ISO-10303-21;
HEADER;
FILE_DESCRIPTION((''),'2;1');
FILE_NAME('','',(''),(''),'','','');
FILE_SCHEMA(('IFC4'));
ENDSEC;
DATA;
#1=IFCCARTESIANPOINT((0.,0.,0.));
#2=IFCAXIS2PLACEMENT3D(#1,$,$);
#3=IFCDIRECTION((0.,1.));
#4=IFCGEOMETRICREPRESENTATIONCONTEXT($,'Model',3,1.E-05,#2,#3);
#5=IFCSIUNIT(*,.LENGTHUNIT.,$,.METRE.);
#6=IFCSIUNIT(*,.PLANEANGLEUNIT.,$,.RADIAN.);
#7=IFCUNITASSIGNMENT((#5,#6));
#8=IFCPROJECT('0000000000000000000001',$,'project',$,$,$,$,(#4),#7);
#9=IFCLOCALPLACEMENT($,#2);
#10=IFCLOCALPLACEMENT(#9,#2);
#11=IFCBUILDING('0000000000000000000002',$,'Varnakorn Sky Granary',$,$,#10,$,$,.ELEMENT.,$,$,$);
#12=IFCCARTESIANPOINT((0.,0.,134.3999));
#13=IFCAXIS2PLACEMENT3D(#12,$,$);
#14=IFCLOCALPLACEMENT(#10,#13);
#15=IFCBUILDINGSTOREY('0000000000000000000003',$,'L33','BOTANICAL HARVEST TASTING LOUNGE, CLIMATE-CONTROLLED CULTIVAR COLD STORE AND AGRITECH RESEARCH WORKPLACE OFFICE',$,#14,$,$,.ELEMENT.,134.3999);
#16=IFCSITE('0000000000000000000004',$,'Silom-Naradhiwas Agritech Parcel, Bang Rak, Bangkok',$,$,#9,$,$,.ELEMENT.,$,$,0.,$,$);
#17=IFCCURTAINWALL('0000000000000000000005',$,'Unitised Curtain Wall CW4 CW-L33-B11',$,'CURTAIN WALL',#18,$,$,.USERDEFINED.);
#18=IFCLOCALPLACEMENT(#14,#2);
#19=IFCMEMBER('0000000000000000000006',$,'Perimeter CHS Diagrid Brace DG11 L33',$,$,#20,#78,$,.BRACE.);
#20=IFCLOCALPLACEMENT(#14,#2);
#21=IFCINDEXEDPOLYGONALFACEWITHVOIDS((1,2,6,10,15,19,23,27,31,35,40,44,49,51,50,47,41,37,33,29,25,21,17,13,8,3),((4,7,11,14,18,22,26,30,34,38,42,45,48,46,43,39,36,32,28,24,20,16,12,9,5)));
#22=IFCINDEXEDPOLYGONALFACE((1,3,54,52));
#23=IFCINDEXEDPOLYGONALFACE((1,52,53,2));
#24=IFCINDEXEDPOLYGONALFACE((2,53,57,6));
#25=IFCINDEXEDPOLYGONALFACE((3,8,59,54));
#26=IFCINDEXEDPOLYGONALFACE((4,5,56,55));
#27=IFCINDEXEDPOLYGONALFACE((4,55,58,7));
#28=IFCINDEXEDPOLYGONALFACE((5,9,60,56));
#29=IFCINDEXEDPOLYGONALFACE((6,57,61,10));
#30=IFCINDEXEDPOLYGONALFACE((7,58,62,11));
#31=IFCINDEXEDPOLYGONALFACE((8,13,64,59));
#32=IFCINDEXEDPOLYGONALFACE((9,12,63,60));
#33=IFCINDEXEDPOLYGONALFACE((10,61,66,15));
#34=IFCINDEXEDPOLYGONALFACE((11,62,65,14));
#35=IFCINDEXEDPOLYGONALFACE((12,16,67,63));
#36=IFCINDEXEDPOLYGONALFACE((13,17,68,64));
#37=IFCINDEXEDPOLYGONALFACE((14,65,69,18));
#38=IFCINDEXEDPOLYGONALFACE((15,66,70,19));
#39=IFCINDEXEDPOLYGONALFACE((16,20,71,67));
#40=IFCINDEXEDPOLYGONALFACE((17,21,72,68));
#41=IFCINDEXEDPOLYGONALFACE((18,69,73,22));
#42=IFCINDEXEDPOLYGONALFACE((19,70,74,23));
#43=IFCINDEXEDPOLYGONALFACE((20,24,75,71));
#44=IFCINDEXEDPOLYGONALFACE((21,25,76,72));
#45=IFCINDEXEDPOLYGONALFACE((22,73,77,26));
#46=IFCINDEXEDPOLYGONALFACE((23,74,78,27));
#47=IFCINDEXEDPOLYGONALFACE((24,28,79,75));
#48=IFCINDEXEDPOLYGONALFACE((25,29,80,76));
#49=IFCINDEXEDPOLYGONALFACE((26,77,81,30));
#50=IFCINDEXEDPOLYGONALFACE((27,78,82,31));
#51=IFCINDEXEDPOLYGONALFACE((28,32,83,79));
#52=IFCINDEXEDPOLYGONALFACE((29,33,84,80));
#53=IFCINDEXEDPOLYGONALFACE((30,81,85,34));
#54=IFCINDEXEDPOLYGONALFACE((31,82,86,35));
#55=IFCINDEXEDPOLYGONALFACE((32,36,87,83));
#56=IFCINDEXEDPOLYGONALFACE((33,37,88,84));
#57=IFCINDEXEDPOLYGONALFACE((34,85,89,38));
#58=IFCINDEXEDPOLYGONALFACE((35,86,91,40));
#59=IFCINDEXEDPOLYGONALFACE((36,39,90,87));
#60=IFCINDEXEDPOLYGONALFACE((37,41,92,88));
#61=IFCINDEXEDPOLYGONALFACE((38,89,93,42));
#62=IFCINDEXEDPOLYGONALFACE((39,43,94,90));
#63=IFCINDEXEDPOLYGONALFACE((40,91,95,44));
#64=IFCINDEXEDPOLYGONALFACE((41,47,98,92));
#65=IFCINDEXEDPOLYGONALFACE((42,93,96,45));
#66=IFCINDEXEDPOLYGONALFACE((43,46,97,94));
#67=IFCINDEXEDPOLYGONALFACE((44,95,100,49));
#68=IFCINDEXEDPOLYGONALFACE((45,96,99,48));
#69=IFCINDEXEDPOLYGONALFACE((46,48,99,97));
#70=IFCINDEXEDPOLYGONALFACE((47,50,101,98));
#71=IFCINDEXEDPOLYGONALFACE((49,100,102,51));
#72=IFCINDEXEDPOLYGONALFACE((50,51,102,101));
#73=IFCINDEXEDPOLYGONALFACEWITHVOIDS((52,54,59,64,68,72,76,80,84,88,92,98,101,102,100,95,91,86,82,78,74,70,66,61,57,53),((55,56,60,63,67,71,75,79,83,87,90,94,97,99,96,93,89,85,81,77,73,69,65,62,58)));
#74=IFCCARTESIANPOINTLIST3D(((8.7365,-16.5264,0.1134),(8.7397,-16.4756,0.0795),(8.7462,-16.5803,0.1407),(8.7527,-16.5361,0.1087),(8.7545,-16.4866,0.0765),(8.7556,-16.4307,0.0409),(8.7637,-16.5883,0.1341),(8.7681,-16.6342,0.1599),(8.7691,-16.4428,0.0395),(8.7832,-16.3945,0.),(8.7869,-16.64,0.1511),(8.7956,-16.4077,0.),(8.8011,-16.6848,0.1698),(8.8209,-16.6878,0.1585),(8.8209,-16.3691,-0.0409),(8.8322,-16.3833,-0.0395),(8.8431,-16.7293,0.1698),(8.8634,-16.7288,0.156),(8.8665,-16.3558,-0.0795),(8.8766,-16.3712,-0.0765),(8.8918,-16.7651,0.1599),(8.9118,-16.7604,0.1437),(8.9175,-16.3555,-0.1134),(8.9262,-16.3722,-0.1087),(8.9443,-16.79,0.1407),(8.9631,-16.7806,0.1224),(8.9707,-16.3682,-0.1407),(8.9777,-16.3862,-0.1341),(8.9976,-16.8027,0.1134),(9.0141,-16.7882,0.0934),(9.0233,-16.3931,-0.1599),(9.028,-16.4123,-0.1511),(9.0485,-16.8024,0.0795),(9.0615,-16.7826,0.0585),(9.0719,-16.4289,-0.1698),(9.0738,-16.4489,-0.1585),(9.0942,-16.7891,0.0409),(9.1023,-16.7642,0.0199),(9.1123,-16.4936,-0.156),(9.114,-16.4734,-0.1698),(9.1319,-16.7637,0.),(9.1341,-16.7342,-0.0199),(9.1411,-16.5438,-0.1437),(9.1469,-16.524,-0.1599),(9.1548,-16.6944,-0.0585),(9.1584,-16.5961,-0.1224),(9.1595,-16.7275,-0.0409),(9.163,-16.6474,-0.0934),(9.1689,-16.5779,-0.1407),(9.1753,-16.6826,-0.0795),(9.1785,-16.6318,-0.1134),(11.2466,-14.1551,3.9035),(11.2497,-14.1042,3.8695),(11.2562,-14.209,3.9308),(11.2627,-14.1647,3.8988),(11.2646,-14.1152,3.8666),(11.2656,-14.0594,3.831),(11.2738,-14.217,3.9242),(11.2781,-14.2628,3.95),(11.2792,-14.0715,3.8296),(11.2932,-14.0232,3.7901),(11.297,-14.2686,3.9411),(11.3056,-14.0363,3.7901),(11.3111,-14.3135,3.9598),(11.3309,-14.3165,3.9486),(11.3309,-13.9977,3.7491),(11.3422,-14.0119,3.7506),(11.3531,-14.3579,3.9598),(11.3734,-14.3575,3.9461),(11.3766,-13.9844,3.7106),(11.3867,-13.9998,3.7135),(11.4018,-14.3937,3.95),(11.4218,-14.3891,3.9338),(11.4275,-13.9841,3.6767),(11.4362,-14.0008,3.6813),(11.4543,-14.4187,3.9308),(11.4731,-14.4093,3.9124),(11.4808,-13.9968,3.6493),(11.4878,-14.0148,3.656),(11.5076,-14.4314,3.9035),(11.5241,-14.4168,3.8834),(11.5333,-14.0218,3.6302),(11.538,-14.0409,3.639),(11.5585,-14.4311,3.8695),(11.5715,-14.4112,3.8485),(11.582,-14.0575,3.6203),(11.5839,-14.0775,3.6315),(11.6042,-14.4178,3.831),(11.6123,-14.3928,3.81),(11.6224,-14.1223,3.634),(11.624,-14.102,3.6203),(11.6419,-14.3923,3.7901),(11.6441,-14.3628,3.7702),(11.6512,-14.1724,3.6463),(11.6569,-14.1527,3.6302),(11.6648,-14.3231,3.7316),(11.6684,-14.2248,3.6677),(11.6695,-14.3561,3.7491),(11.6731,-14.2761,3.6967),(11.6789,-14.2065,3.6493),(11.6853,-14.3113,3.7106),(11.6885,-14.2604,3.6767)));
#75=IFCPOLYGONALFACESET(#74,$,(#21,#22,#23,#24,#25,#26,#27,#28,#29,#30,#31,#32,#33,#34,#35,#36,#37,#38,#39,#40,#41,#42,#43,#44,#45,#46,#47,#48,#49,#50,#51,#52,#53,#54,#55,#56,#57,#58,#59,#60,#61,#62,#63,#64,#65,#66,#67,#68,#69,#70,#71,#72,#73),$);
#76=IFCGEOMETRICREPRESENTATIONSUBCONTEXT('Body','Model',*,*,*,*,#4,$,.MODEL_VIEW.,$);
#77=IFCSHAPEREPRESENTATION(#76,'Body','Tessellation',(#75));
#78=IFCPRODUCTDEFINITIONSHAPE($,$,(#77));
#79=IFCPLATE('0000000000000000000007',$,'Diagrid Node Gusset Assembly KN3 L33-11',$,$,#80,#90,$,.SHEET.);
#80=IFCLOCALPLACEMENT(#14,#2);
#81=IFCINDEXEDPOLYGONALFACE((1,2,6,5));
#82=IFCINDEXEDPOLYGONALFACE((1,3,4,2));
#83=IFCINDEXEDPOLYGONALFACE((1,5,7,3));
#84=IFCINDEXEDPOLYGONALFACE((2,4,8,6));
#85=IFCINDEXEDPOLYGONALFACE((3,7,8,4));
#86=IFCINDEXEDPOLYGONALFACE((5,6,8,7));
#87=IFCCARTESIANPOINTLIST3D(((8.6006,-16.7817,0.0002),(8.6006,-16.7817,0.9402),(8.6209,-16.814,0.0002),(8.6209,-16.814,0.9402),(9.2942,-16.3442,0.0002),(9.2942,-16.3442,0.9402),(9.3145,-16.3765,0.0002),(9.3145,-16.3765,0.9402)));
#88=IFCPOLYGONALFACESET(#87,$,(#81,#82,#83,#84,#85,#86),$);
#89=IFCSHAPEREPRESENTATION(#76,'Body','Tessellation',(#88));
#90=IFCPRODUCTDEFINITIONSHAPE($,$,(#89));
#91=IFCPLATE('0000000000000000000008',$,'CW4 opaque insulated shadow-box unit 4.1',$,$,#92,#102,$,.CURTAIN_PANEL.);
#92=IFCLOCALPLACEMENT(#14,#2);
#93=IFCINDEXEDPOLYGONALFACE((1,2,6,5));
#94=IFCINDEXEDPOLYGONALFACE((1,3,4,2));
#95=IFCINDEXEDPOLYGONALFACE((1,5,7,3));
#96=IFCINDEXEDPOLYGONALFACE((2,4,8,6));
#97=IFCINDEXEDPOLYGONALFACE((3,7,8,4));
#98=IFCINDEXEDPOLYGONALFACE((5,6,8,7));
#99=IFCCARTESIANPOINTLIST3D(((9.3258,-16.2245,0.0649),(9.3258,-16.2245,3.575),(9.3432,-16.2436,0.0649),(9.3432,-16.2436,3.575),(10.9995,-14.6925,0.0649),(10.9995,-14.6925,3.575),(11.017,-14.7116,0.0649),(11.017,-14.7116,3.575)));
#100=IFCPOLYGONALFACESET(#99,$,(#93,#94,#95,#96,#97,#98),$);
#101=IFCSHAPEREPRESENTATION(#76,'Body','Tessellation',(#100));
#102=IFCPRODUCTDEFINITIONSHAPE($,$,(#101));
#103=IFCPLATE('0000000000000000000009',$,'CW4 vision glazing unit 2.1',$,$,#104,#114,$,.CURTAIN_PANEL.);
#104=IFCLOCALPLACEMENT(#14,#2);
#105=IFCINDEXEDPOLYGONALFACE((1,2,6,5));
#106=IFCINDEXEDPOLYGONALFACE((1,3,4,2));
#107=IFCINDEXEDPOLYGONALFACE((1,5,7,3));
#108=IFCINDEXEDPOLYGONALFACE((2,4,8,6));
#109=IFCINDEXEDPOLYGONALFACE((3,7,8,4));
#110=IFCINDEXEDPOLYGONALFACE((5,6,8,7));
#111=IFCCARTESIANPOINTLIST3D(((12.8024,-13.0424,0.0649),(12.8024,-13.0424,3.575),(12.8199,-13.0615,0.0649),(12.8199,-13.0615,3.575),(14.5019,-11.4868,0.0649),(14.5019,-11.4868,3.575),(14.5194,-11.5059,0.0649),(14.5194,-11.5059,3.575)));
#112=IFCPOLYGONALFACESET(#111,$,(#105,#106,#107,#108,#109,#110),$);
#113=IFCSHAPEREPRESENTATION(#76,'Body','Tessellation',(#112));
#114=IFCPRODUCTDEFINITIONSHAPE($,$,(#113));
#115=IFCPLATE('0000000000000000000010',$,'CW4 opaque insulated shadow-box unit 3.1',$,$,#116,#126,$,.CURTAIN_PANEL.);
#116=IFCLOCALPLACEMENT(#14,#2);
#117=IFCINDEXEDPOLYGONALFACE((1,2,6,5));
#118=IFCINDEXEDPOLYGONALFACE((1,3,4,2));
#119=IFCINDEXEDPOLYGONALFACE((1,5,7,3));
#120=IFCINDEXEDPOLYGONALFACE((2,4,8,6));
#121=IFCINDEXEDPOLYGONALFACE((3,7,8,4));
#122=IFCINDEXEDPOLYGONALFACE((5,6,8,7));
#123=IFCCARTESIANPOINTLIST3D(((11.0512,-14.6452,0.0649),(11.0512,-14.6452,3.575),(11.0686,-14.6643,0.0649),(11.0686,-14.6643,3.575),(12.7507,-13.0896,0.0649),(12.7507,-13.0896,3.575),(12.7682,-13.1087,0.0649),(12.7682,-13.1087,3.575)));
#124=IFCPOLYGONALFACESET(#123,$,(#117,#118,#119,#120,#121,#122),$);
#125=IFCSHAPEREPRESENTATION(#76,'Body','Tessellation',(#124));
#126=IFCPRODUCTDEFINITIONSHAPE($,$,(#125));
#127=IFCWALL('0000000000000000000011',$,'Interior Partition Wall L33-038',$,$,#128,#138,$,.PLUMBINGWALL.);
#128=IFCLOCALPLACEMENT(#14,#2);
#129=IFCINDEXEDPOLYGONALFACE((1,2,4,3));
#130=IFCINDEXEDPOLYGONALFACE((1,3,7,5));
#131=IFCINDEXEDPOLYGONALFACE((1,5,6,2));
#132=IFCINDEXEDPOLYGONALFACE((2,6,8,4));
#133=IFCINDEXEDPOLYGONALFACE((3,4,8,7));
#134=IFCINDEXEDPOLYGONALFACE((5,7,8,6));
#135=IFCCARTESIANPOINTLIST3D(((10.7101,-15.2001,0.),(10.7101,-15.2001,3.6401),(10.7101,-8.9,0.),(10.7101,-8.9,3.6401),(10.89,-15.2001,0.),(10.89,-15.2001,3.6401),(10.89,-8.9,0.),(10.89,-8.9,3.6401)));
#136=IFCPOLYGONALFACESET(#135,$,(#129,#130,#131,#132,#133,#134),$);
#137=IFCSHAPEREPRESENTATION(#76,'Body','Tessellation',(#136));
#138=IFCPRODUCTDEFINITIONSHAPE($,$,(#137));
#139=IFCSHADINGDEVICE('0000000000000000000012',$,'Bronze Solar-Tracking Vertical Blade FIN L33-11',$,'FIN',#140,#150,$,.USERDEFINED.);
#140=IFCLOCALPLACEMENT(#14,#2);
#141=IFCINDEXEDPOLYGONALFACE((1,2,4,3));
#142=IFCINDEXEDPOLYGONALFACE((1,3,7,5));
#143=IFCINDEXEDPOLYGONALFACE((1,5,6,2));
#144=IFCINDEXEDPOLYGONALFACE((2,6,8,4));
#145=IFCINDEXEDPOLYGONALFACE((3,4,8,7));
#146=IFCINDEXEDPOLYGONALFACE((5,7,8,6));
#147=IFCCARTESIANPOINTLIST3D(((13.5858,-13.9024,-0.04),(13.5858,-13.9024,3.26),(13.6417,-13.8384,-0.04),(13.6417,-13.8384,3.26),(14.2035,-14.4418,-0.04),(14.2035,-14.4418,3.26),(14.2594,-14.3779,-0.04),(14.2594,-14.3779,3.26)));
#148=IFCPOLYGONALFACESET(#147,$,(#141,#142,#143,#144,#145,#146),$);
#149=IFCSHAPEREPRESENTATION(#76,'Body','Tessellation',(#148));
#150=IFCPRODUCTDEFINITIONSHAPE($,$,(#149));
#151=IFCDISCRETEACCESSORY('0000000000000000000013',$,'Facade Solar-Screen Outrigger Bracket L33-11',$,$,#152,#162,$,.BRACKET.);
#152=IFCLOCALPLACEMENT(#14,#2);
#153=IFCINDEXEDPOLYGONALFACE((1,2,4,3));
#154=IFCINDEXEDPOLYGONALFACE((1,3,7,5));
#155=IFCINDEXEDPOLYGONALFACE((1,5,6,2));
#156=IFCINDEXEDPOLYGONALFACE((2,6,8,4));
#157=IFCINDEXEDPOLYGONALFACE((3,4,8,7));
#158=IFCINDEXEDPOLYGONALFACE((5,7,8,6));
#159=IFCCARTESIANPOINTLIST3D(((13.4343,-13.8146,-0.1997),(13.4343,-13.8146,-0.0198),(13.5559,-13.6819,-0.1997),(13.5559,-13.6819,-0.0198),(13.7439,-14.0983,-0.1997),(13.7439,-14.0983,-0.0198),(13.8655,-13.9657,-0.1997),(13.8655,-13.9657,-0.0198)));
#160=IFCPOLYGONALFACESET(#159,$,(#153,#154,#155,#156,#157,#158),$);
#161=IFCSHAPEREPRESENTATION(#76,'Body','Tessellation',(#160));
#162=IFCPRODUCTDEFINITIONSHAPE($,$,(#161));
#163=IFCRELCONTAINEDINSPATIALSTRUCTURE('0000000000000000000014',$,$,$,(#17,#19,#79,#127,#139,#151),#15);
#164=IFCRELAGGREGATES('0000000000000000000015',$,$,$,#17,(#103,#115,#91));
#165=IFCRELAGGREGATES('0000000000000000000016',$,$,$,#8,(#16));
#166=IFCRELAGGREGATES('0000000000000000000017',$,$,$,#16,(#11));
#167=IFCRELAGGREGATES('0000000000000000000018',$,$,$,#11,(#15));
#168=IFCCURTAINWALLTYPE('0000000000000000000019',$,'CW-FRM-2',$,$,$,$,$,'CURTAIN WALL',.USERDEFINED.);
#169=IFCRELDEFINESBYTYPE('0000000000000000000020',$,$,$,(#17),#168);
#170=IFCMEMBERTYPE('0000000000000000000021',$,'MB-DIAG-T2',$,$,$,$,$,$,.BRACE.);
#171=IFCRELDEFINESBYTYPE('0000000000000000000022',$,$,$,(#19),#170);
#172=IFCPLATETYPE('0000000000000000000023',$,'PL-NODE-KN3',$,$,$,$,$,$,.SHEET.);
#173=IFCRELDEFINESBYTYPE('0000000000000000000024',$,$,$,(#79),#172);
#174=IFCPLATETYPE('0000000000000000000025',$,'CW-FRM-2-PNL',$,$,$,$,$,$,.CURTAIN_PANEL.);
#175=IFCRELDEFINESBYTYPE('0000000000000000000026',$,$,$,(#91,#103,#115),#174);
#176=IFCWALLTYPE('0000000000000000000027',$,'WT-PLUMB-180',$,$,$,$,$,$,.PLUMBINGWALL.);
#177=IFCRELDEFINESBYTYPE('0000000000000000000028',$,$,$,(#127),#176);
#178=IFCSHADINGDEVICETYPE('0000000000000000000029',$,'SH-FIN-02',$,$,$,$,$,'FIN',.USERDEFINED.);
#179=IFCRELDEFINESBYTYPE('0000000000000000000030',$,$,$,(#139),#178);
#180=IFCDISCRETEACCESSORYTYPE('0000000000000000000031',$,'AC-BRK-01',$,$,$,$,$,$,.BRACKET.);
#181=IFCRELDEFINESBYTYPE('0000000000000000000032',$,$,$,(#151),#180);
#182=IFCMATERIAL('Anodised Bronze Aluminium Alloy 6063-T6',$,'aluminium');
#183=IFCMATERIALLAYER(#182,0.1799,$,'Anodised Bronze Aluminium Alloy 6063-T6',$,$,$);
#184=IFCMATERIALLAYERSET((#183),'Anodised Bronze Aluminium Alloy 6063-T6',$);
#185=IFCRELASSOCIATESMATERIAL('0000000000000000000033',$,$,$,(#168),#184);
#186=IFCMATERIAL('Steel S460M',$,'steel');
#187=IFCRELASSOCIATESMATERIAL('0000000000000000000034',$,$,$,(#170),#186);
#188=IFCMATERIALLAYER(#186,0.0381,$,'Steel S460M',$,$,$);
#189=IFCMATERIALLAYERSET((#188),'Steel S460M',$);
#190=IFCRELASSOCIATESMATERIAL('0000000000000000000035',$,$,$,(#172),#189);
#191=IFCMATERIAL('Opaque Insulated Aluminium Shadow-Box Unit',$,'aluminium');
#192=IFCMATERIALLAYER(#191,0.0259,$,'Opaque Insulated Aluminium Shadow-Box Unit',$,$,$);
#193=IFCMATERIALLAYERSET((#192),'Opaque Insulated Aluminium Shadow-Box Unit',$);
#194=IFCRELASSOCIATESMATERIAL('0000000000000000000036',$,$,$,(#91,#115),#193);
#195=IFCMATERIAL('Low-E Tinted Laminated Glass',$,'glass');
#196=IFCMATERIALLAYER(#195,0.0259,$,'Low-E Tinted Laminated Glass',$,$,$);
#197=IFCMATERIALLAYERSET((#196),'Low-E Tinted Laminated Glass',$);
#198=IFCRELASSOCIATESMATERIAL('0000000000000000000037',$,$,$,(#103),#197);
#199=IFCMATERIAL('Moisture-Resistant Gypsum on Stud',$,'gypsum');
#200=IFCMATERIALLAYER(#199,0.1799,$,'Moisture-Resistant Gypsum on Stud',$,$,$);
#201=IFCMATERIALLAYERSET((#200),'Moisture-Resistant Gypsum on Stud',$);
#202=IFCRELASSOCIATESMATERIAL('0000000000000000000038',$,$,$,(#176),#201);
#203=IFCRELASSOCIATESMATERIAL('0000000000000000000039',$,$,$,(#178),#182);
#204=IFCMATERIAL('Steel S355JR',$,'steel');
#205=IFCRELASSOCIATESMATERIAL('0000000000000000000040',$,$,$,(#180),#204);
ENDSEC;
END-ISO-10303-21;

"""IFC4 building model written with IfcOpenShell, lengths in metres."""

from ifc_helpers import new_model, si_unit, direction, frame, frame_2d, origin, origin_2d, place, context, subcontext, project, spatial, rectangle, hollow_circle, extrude, source, transform, mapped, material, layer, layer_set, material_profile, profile_set, type_object, type_shapes, element, aggregate, save


model = new_model("IFC4")

# Units and contexts
model_context = context("Model", 3, precision=1e-05, world=origin(), true_north=direction((0.0, 1.0)))
body_context = subcontext(model_context, "Body", "Model", "MODEL_VIEW")
ifc_project = project(units=[si_unit("LENGTHUNIT", "METRE"), si_unit("PLANEANGLEUNIT", "RADIAN")], contexts=[model_context])

# Site, building, storey
site_placement = place(None, origin())
site = spatial("IfcSite", under=ifc_project, at=site_placement, Name="Silom-Naradhiwas Agritech Parcel, Bang Rak, Bangkok", CompositionType="ELEMENT", RefElevation=0.0)
building_placement = place(site_placement, origin())
building = spatial("IfcBuilding", under=site, at=building_placement, Name="Varnakorn Sky Granary", CompositionType="ELEMENT")
storey_placement = place(building_placement, frame((0.0, 0.0, 134.3999)))
storey = spatial("IfcBuildingStorey", under=building, at=storey_placement, Name="L33", Description="BOTANICAL HARVEST TASTING LOUNGE, CLIMATE-CONTROLLED CULTIVAR COLD STORE AND AGRITECH RESEARCH WORKPLACE OFFICE", CompositionType="ELEMENT", Elevation=134.3999)

# Shared definitions
ifc_material_1 = material(Name="Steel S460M", Category="steel")

# Shared definitions
ifc_material_2 = material(Name="Steel S355JR", Category="steel")

# Curtain wall
ifc_material_3 = material(Name="Anodised Bronze Aluminium Alloy 6063-T6", Category="aluminium")
ifc_layer_1 = layer(ifc_material_3, 0.1799, Name="Anodised Bronze Aluminium Alloy 6063-T6")
ifc_layer_set_1 = layer_set([ifc_layer_1], Name="Anodised Bronze Aluminium Alloy 6063-T6")
curtain_wall_type = type_object("IfcCurtainWallType", Name="CW-FRM-2", ElementType="CURTAIN WALL", PredefinedType="USERDEFINED", material=ifc_layer_set_1)
curtain_wall_placement = place(storey_placement, origin())
curtain_wall = element("IfcCurtainWall", 1, at=curtain_wall_placement, inside=storey, type_object=curtain_wall_type, Name="Unitised Curtain Wall CW4 CW-L33-B11", ObjectType="CURTAIN WALL", PredefinedType="USERDEFINED")

# Member
ifc_material_profile_1 = material_profile(ifc_material_1, hollow_circle(Radius=0.2539, WallThickness=0.0181, at=origin_2d()), Name="CHS 508x18")
ifc_profile_set_1 = profile_set([ifc_material_profile_1], Name="Steel S460M")
member_type_1 = type_object("IfcMemberType", Name="MB-DIAG-T2", PredefinedType="BRACE", material=ifc_profile_set_1)
member_1_placement = place(storey_placement, frame((8.9575, -16.5791, 0.0), z_axis=(0.489551, 0.462505, 0.739208), x_axis=(-0.686742, 0.726901, 0.0)))
element("IfcMember", 2, at=member_1_placement, inside=storey, type_object=member_type_1, Name="Perimeter CHS Diagrid Brace DG11 L33", PredefinedType="BRACE", context=body_context, shape_type="SweptSolid", body=[
    extrude(hollow_circle(Radius=0.2539, WallThickness=0.0181, at=origin_2d()), origin(), (0.0, 0.0, 1.0), 5.1272),
])

# Plates
ifc_layer_2 = layer(ifc_material_1, 0.0381, Name="Steel S460M")
ifc_layer_set_2 = layer_set([ifc_layer_2], Name="Steel S460M")
plate_type_1 = type_object("IfcPlateType", Name="PL-NODE-KN3", PredefinedType="SHEET", material=ifc_layer_set_2)
plate_1_placement = place(storey_placement, frame((8.9575, -16.5791, 0.0002), z_axis=(0.0, 0.0, 1.0), x_axis=(0.845801, 0.533498, 0.0)))
element("IfcPlate", 3, at=plate_1_placement, inside=storey, type_object=plate_type_1, Name="Diagrid Node Gusset Assembly KN3 L33-11", PredefinedType="SHEET", context=body_context, shape_type="SweptSolid", body=[
    extrude(rectangle(XDim=0.8201, YDim=0.0381, at=origin_2d()), origin(), (0.0, 0.0, 1.0), 0.9399),
])
ifc_material_4 = material(Name="Opaque Insulated Aluminium Shadow-Box Unit", Category="aluminium")
ifc_layer_3 = layer(ifc_material_4, 0.0259, Name="Opaque Insulated Aluminium Shadow-Box Unit")
ifc_layer_set_3 = layer_set([ifc_layer_3], Name="Opaque Insulated Aluminium Shadow-Box Unit")
plate_type_2 = type_object("IfcPlateType", Name="CW-FRM-2-PNL", PredefinedType="CURTAIN_PANEL")
shared_shape_1 = source(origin(), body_context, "Body", "SweptSolid", [
    extrude(rectangle(XDim=2.269, YDim=0.0259, at=origin_2d()), origin(), (0.0, 0.0, 1.0), 3.51),
])
plate_2_placement = place(storey_placement, frame((10.1714, -15.468, 0.0649), z_axis=(0.0, 0.0, 1.0), x_axis=(-0.737651, -0.675183, 0.0)))
plate_2 = element("IfcPlate", 4, at=plate_2_placement, type_object=plate_type_2, material=ifc_layer_set_3, Name="CW4 opaque insulated shadow-box unit 4.1", PredefinedType="CURTAIN_PANEL", context=body_context, shape_type="MappedRepresentation", body=[
    mapped(shared_shape_1, transform((0.0, 0.0, 0.0), x_axis=(1.0, 0.0, 0.0), y_axis=(0.0, 1.0, 0.0), z_axis=(0.0, 0.0, 1.0), scale=1.0)),
])
ifc_material_5 = material(Name="Low-E Tinted Laminated Glass", Category="glass")
ifc_layer_4 = layer(ifc_material_5, 0.0259, Name="Low-E Tinted Laminated Glass")
ifc_layer_set_4 = layer_set([ifc_layer_4], Name="Low-E Tinted Laminated Glass")
shared_shape_2 = source(origin(), body_context, "Body", "SweptSolid", [
    extrude(rectangle(XDim=2.304, YDim=0.0259, at=origin_2d()), origin(), (0.0, 0.0, 1.0), 3.51),
])
type_shapes(plate_type_2, [shared_shape_1, shared_shape_2])
plate_3_placement = place(storey_placement, frame((13.6609, -12.2742, 0.0649), z_axis=(0.0, 0.0, 1.0), x_axis=(-0.737651, -0.675183, 0.0)))
plate_3 = element("IfcPlate", 5, at=plate_3_placement, type_object=plate_type_2, material=ifc_layer_set_4, Name="CW4 vision glazing unit 2.1", PredefinedType="CURTAIN_PANEL", context=body_context, shape_type="MappedRepresentation", body=[
    mapped(shared_shape_2, transform((0.0, 0.0, 0.0), x_axis=(1.0, 0.0, 0.0), y_axis=(0.0, 1.0, 0.0), z_axis=(0.0, 0.0, 1.0), scale=1.0)),
])
plate_4_placement = place(storey_placement, frame((11.9097, -13.877, 0.0649), z_axis=(0.0, 0.0, 1.0), x_axis=(-0.737651, -0.675183, 0.0)))
plate_4 = element("IfcPlate", 6, at=plate_4_placement, type_object=plate_type_2, material=ifc_layer_set_3, Name="CW4 opaque insulated shadow-box unit 3.1", PredefinedType="CURTAIN_PANEL", context=body_context, shape_type="MappedRepresentation", body=[
    mapped(shared_shape_2, transform((0.0, 0.0, 0.0), x_axis=(1.0, 0.0, 0.0), y_axis=(0.0, 1.0, 0.0), z_axis=(0.0, 0.0, 1.0), scale=1.0)),
])
aggregate(curtain_wall, [plate_3, plate_4, plate_2])

# Wall
ifc_material_6 = material(Name="Moisture-Resistant Gypsum on Stud", Category="gypsum")
ifc_layer_5 = layer(ifc_material_6, 0.1799, Name="Moisture-Resistant Gypsum on Stud")
ifc_layer_set_5 = layer_set([ifc_layer_5], Name="Moisture-Resistant Gypsum on Stud")
wall_type = type_object("IfcWallType", Name="WT-PLUMB-180", PredefinedType="PLUMBINGWALL", material=ifc_layer_set_5)
wall_placement = place(storey_placement, frame((10.8, -15.2, 0.0), z_axis=(0.0, 0.0, 1.0), x_axis=(0.0, 1.0, 0.0)))
element("IfcWall", 7, at=wall_placement, inside=storey, type_object=wall_type, Name="Interior Partition Wall L33-038", PredefinedType="PLUMBINGWALL", context=body_context, shape_type="SweptSolid", body=[
    extrude(rectangle(XDim=6.3, YDim=0.1799, at=frame_2d((3.1499, 0.0))), origin(), (0.0, 0.0, 1.0), 3.6401),
])

# Shading device
shading_device_type = type_object("IfcShadingDeviceType", Name="SH-FIN-02", ElementType="FIN", PredefinedType="USERDEFINED", material=ifc_material_3)
shared_shape_3 = source(origin(), body_context, "Body", "SweptSolid", [
    extrude(rectangle(XDim=0.085, YDim=0.8201, at=origin_2d()), origin(), (0.0, 0.0, 1.0), 3.3),
])
type_shapes(shading_device_type, [shared_shape_3])
shading_device_placement = place(storey_placement, frame((13.9226, -14.1401, -0.04), z_axis=(0.0, 0.0, 1.0), x_axis=(0.657781, 0.75321, 0.0)))
element("IfcShadingDevice", 8, at=shading_device_placement, inside=storey, type_object=shading_device_type, Name="Bronze Solar-Tracking Vertical Blade FIN L33-11", ObjectType="FIN", PredefinedType="USERDEFINED", context=body_context, shape_type="MappedRepresentation", body=[
    mapped(shared_shape_3, transform((0.0, 0.0, 0.0), x_axis=(1.0, 0.0, 0.0), y_axis=(0.0, 1.0, 0.0), z_axis=(0.0, 0.0, 1.0), scale=1.0)),
])

# Discrete accessory
discrete_accessory_type = type_object("IfcDiscreteAccessoryType", Name="AC-BRK-01", PredefinedType="BRACKET", material=ifc_material_2)
shared_shape_4 = source(origin(), body_context, "Body", "SweptSolid", [
    extrude(rectangle(XDim=0.1799, YDim=0.4199, at=origin_2d()), origin(), (0.0, 0.0, 1.0), 0.1799),
])
type_shapes(discrete_accessory_type, [shared_shape_4])
discrete_accessory_placement = place(storey_placement, frame((13.6499, -13.8901, -0.1997), z_axis=(0.0, 0.0, 1.0), x_axis=(0.6758, 0.737085, 0.0)))
element("IfcDiscreteAccessory", 9, at=discrete_accessory_placement, inside=storey, type_object=discrete_accessory_type, Name="Facade Solar-Screen Outrigger Bracket L33-11", PredefinedType="BRACKET", context=body_context, shape_type="MappedRepresentation", body=[
    mapped(shared_shape_4, transform((0.0, 0.0, 0.0), x_axis=(1.0, 0.0, 0.0), y_axis=(0.0, 1.0, 0.0), z_axis=(0.0, 0.0, 1.0), scale=1.0)),
])

save(model, "model.ifc")
